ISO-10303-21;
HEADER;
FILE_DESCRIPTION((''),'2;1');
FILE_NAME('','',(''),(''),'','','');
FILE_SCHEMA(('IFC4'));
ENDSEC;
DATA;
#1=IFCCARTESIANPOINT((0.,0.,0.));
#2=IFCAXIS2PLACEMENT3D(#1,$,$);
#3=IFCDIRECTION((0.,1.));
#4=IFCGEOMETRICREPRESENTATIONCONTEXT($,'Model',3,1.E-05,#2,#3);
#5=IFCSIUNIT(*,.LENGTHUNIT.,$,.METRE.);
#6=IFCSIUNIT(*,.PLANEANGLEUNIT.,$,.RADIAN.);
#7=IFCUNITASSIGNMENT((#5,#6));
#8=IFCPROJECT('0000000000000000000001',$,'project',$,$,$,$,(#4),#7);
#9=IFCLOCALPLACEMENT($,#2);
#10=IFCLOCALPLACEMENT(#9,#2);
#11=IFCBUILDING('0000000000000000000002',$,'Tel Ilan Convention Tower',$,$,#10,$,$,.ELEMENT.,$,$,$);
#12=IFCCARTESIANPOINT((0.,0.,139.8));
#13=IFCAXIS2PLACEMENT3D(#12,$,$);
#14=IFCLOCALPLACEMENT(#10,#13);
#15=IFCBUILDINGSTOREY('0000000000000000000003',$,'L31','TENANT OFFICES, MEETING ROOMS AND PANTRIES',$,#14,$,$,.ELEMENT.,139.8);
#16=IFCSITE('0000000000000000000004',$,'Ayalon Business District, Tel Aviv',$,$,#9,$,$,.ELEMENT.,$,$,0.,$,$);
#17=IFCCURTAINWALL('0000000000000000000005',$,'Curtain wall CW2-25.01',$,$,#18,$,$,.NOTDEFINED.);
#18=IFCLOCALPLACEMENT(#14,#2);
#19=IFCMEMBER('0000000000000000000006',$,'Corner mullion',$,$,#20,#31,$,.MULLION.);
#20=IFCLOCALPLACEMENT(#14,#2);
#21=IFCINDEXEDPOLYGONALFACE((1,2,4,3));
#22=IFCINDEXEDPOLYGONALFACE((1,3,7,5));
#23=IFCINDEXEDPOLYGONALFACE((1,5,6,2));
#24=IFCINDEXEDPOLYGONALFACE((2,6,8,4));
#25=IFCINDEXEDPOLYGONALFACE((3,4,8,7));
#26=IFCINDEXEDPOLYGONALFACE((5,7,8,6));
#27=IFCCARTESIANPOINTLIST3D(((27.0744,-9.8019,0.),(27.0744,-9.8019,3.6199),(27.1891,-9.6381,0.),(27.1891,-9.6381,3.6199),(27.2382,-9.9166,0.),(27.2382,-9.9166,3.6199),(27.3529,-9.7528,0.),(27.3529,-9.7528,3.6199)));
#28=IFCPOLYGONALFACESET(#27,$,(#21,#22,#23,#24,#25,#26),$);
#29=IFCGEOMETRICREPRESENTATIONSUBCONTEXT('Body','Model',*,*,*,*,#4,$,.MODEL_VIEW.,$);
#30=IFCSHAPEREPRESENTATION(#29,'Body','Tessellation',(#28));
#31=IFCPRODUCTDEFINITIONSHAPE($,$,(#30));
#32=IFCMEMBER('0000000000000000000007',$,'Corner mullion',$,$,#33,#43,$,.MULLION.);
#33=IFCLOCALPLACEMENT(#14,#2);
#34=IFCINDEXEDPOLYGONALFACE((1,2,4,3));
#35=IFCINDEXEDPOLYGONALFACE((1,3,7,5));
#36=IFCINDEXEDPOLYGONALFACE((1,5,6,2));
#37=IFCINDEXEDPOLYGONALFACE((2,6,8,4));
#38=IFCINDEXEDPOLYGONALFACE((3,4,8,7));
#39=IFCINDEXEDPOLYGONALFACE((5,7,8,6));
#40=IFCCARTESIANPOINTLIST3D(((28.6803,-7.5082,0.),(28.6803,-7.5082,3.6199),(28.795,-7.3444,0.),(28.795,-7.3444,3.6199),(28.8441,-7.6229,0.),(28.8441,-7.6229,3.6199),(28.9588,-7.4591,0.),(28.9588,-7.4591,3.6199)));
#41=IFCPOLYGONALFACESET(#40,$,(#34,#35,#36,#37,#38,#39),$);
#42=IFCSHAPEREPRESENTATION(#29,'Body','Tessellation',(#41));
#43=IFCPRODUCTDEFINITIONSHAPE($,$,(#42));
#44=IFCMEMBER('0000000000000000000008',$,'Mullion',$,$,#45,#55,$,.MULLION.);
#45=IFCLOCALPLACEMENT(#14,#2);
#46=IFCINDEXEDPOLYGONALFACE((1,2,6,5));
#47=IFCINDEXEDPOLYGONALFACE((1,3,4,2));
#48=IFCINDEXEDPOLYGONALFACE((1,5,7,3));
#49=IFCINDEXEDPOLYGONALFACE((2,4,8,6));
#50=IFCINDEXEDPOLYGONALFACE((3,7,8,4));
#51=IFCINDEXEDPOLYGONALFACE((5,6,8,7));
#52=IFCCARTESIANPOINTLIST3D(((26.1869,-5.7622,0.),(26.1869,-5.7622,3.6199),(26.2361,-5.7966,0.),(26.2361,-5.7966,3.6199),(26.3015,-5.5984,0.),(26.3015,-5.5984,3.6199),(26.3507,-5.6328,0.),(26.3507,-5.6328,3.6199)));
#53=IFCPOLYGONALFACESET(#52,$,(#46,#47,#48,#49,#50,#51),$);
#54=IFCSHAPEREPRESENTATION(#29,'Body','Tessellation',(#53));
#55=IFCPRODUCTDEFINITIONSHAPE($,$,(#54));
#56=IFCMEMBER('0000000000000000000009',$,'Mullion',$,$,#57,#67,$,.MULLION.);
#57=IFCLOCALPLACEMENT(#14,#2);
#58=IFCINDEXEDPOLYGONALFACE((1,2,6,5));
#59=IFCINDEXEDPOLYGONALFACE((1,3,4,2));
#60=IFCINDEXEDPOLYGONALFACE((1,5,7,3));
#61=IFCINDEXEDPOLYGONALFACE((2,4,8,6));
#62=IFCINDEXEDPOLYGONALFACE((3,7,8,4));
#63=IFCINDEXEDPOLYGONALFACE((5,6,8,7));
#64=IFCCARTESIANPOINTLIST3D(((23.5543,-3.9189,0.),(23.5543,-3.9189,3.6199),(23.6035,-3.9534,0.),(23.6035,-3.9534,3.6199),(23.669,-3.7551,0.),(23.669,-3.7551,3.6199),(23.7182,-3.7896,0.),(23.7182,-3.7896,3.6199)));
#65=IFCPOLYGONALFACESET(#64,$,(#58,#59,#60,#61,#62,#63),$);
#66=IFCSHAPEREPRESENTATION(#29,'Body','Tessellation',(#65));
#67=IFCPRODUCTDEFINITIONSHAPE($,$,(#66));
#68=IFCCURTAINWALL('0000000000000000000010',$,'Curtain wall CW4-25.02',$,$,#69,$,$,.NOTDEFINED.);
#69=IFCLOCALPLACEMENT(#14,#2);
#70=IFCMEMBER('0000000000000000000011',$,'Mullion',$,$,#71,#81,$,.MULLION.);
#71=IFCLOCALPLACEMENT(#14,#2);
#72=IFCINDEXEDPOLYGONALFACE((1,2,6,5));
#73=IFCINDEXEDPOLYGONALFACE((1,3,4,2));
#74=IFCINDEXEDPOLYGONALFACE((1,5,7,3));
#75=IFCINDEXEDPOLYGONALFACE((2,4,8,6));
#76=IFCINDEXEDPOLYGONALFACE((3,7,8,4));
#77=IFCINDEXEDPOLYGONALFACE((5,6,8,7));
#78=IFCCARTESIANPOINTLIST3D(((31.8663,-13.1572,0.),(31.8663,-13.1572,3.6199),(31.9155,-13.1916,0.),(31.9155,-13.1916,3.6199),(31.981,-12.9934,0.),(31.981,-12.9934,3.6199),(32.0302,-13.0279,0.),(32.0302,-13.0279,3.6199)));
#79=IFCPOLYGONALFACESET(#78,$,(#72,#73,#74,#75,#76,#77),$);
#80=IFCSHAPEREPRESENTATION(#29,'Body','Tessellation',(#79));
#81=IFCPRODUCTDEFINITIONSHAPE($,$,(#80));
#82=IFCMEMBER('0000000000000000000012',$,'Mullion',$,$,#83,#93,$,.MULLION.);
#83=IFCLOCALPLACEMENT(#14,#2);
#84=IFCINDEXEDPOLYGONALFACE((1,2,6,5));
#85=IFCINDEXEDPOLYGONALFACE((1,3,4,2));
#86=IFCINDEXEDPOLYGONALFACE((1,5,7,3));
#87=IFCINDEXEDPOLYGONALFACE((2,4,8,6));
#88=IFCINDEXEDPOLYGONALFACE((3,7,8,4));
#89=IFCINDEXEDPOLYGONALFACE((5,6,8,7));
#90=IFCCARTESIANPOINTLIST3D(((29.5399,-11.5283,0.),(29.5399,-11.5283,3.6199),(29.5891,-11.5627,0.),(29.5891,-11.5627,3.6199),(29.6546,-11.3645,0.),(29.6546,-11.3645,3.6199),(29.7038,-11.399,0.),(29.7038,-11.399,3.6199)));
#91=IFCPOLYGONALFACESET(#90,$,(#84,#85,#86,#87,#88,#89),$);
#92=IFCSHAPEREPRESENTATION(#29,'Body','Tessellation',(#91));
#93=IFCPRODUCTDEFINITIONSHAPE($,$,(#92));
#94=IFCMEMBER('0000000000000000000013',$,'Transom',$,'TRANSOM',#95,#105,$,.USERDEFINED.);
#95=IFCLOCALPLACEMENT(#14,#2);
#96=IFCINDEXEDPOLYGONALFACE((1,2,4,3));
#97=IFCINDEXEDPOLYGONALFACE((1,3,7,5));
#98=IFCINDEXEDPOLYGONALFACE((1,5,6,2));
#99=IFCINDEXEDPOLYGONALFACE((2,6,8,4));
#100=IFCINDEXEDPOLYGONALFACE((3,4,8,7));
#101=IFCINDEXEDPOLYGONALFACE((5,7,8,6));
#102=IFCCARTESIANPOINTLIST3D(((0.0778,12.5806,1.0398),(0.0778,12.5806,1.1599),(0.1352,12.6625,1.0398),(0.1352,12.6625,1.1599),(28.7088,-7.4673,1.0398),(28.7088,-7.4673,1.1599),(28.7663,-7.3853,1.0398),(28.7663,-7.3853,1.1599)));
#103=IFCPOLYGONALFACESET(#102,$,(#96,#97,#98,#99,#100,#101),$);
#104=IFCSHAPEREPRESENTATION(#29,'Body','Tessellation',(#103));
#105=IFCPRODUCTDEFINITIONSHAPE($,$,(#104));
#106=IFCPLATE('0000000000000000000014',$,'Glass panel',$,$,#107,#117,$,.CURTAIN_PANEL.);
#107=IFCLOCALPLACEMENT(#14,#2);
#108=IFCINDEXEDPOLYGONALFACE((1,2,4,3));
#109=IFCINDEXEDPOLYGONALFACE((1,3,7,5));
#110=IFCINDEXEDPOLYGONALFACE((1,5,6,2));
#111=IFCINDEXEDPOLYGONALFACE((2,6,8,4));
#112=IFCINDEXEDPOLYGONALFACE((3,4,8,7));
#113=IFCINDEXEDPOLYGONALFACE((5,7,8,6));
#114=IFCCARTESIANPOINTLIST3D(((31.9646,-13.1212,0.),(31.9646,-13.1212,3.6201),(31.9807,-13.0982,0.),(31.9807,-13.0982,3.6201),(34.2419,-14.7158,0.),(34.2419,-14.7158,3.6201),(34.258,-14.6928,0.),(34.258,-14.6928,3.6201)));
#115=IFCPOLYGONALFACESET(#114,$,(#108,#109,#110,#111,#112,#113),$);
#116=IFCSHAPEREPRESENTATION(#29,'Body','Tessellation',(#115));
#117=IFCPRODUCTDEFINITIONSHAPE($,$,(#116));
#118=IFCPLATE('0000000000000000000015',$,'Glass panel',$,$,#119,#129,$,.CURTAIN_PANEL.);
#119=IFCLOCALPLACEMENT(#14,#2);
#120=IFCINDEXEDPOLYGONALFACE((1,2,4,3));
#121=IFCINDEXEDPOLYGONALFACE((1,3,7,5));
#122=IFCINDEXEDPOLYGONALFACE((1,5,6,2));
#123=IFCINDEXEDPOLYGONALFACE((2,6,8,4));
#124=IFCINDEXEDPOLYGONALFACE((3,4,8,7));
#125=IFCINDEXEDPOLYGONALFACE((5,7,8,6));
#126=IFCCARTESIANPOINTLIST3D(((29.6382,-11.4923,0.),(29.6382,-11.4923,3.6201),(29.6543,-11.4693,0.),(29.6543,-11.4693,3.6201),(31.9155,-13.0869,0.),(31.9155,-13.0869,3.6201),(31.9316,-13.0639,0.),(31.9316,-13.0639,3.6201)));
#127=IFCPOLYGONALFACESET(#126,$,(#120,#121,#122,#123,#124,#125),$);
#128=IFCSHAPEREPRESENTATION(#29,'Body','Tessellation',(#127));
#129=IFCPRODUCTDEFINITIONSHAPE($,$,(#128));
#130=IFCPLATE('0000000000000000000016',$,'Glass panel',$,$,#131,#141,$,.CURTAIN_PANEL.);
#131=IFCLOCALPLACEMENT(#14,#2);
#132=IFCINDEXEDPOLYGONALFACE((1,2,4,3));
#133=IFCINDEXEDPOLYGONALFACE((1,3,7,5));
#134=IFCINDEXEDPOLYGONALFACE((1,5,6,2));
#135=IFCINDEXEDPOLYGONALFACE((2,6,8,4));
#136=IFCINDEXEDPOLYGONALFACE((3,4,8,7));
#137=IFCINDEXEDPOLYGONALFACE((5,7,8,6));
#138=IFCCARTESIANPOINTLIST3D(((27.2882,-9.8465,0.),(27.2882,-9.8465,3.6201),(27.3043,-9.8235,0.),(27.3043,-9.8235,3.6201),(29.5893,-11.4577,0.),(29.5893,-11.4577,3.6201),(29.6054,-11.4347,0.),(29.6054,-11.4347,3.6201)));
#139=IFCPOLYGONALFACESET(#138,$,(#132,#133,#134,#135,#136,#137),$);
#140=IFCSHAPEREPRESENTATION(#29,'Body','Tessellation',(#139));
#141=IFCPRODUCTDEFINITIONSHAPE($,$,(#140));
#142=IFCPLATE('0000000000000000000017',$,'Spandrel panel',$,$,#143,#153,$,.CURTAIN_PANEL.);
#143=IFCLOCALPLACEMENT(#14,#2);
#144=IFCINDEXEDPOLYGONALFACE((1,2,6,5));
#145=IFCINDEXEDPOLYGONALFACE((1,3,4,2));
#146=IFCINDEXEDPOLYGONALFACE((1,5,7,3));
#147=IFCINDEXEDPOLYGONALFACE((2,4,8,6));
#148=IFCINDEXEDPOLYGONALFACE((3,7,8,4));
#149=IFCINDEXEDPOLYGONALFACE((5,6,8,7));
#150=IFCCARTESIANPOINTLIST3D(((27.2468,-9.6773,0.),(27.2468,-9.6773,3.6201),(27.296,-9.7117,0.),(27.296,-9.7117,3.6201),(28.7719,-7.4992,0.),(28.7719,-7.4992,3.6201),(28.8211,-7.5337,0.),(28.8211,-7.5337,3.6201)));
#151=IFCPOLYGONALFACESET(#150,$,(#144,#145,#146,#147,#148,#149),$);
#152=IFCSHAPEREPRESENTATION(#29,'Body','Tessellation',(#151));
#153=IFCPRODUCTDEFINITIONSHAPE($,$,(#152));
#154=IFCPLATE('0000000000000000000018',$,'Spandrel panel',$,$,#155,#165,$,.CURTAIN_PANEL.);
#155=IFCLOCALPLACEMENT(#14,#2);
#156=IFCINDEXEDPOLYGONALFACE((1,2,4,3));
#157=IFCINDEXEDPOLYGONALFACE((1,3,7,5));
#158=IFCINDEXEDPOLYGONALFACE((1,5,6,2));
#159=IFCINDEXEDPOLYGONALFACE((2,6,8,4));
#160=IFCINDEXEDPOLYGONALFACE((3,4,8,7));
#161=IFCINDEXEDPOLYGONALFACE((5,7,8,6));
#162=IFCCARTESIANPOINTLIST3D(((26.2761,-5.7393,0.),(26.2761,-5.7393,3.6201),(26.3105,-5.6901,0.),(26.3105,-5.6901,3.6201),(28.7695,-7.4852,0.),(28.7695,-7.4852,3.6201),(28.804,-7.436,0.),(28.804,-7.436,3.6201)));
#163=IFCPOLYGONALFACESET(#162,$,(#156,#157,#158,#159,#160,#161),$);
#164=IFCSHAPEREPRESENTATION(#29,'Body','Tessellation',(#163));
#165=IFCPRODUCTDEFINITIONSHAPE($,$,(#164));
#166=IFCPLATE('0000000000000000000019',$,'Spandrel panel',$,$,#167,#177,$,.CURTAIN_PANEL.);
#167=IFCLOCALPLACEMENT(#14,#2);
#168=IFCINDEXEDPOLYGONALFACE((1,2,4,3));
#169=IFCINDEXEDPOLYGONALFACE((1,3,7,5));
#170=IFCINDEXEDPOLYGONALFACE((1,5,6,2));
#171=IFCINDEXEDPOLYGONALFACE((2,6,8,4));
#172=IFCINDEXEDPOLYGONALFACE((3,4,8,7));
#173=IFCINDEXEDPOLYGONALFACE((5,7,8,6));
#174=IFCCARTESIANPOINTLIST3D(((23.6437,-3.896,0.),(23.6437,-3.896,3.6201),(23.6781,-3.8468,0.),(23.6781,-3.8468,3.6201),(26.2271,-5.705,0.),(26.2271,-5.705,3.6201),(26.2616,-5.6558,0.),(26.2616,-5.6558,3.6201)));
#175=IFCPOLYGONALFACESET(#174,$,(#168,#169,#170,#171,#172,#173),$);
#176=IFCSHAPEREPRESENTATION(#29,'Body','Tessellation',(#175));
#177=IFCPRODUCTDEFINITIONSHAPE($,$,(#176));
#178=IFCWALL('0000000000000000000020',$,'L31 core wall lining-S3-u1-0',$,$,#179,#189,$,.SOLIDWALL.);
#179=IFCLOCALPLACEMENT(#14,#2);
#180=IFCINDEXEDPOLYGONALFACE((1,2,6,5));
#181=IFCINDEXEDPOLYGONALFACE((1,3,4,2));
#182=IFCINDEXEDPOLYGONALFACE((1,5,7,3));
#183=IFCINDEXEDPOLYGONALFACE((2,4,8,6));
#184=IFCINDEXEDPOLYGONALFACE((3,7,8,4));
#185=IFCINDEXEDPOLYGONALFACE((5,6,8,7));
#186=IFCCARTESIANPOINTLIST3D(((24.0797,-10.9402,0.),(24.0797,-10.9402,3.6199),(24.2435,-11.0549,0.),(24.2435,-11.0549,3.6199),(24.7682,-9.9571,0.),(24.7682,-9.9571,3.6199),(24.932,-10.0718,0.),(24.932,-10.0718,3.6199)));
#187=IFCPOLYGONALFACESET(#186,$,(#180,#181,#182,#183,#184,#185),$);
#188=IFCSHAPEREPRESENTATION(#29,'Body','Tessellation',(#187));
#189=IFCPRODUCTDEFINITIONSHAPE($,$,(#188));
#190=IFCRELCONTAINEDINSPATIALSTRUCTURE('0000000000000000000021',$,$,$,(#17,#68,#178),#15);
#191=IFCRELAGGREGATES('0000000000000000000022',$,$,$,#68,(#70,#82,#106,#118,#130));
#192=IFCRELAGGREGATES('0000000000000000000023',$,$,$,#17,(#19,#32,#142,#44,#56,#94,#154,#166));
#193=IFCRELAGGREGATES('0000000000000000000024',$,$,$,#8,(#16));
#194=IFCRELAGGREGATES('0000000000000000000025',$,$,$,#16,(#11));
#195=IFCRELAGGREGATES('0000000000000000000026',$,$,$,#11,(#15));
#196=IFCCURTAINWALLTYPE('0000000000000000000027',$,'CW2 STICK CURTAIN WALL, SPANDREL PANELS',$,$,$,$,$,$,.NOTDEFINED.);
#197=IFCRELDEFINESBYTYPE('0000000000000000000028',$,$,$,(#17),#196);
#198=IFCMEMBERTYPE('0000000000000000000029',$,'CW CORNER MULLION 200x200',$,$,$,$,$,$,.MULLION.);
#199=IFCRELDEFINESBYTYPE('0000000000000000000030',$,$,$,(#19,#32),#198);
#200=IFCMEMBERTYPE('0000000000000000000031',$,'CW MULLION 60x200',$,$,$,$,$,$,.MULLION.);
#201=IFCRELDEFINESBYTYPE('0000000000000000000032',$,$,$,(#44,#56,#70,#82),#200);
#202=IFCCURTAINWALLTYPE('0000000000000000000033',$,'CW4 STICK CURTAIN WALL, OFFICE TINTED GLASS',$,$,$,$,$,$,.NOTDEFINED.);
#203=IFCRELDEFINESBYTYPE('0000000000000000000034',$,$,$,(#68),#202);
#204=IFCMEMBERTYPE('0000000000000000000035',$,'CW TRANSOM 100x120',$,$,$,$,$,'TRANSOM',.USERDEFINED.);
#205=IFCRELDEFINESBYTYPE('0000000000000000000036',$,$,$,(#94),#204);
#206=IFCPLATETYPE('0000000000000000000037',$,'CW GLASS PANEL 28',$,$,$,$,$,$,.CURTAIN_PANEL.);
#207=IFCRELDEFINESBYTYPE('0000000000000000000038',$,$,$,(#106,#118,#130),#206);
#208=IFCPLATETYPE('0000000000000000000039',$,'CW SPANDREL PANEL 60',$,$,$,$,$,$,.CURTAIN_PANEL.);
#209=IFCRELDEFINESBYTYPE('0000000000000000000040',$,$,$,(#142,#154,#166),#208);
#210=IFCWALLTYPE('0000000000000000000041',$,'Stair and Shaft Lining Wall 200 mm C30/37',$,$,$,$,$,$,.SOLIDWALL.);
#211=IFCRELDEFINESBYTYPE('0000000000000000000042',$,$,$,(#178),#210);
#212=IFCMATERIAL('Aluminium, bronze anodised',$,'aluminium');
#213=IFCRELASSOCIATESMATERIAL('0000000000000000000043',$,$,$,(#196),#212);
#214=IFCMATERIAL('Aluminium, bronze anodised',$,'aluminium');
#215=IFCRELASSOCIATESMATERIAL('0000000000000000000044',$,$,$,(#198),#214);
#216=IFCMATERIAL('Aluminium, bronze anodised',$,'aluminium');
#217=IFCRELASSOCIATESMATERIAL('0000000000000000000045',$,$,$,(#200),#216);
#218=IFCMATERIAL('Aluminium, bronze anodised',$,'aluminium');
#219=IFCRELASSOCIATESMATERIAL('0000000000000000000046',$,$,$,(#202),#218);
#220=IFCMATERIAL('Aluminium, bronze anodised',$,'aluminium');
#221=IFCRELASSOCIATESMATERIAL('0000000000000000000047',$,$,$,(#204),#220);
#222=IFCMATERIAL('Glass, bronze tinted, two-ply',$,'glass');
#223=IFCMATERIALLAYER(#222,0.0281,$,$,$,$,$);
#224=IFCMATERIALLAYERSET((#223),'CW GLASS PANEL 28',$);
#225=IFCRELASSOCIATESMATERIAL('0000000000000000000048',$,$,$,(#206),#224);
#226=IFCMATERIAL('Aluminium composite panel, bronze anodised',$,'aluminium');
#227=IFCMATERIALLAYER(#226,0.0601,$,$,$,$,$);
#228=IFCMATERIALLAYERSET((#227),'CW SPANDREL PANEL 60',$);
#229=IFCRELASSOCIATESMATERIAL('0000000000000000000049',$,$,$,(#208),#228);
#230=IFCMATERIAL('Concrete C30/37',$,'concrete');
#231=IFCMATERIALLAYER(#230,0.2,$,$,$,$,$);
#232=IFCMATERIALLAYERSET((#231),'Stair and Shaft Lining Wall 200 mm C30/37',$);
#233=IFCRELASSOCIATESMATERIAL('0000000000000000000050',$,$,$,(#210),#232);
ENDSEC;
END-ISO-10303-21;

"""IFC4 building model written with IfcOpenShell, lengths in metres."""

from ifc_helpers import new_model, si_unit, direction, frame, frame_2d, origin, origin_2d, place, context, subcontext, project, spatial, rectangle, extrude, material, layer, layer_set, material_profile, profile_set, type_object, element, aggregate, save


model = new_model("IFC4")

# Units and contexts
model_context = context("Model", 3, precision=1e-05, world=origin(), true_north=direction((0.0, 1.0)))
body_context = subcontext(model_context, "Body", "Model", "MODEL_VIEW")
ifc_project = project(units=[si_unit("LENGTHUNIT", "METRE"), si_unit("PLANEANGLEUNIT", "RADIAN")], contexts=[model_context])

# Site, building, storey
site_placement = place(None, origin())
site = spatial("IfcSite", under=ifc_project, at=site_placement, Name="Ayalon Business District, Tel Aviv", CompositionType="ELEMENT", RefElevation=0.0)
building_placement = place(site_placement, origin())
building = spatial("IfcBuilding", under=site, at=building_placement, Name="Tel Ilan Convention Tower", CompositionType="ELEMENT")
storey_placement = place(building_placement, frame((0.0, 0.0, 139.8)))
storey = spatial("IfcBuildingStorey", under=building, at=storey_placement, Name="L31", Description="TENANT OFFICES, MEETING ROOMS AND PANTRIES", CompositionType="ELEMENT", Elevation=139.8)

# Curtain walls, members
ifc_material_1 = material(Name="Aluminium, bronze anodised", Category="aluminium")
curtain_wall_type_1 = type_object("IfcCurtainWallType", Name="CW2 STICK CURTAIN WALL, SPANDREL PANELS", PredefinedType="NOTDEFINED", material=ifc_material_1)
curtain_wall_1_placement = place(storey_placement, origin())
curtain_wall_1 = element("IfcCurtainWall", 1, at=curtain_wall_1_placement, inside=storey, type_object=curtain_wall_type_1, Name="Curtain wall CW2-25.01", PredefinedType="NOTDEFINED")
ifc_material_2 = material(Name="Aluminium, bronze anodised", Category="aluminium")
ifc_material_profile_1 = material_profile(ifc_material_2, rectangle(XDim=0.2, YDim=0.2, at=origin_2d()), Name="CW CORNER MULLION 200x200")
ifc_profile_set_1 = profile_set([ifc_material_profile_1], Name="Aluminium, bronze anodised")
member_type_1 = type_object("IfcMemberType", Name="CW CORNER MULLION 200x200", PredefinedType="MULLION", material=ifc_profile_set_1)
member_1_placement = place(storey_placement, frame((27.2136, -9.7773, 0.0), z_axis=(0.0, 0.0, 1.0), x_axis=(-0.819152, 0.573576, 0.0)))
member_1 = element("IfcMember", 2, at=member_1_placement, type_object=member_type_1, Name="Corner mullion", PredefinedType="MULLION", context=body_context, shape_type="SweptSolid", body=[
    extrude(rectangle(XDim=0.2, YDim=0.2, at=origin_2d()), origin(), (0.0, 0.0, 1.0), 3.6199),
])
member_2_placement = place(storey_placement, frame((28.8196, -7.4836, 0.0), z_axis=(0.0, 0.0, 1.0), x_axis=(0.573576, 0.819152, 0.0)))
member_2 = element("IfcMember", 3, at=member_2_placement, type_object=member_type_1, Name="Corner mullion", PredefinedType="MULLION", context=body_context, shape_type="SweptSolid", body=[
    extrude(rectangle(XDim=0.2, YDim=0.2, at=origin_2d()), origin(), (0.0, 0.0, 1.0), 3.6199),
])
ifc_material_3 = material(Name="Aluminium, bronze anodised", Category="aluminium")
ifc_material_profile_2 = material_profile(ifc_material_3, rectangle(XDim=0.0601, YDim=0.2, at=origin_2d()), Name="CW MULLION 60x200")
ifc_profile_set_2 = profile_set([ifc_material_profile_2], Name="Aluminium, bronze anodised")
member_type_2 = type_object("IfcMemberType", Name="CW MULLION 60x200", PredefinedType="MULLION", material=ifc_profile_set_2)
member_3_placement = place(storey_placement, frame((26.2688, -5.6975, 0.0), z_axis=(0.0, 0.0, 1.0), x_axis=(-0.819152, 0.573576, 0.0)))
member_3 = element("IfcMember", 4, at=member_3_placement, type_object=member_type_2, Name="Mullion", PredefinedType="MULLION", context=body_context, shape_type="SweptSolid", body=[
    extrude(rectangle(XDim=0.0601, YDim=0.2, at=origin_2d()), origin(), (0.0, 0.0, 1.0), 3.6199),
])
member_4_placement = place(storey_placement, frame((23.6362, -3.8542, 0.0), z_axis=(0.0, 0.0, 1.0), x_axis=(-0.819152, 0.573576, 0.0)))
member_4 = element("IfcMember", 5, at=member_4_placement, type_object=member_type_2, Name="Mullion", PredefinedType="MULLION", context=body_context, shape_type="SweptSolid", body=[
    extrude(rectangle(XDim=0.0601, YDim=0.2, at=origin_2d()), origin(), (0.0, 0.0, 1.0), 3.6199),
])
ifc_material_4 = material(Name="Aluminium, bronze anodised", Category="aluminium")
curtain_wall_type_2 = type_object("IfcCurtainWallType", Name="CW4 STICK CURTAIN WALL, OFFICE TINTED GLASS", PredefinedType="NOTDEFINED", material=ifc_material_4)
curtain_wall_2_placement = place(storey_placement, origin())
curtain_wall_2 = element("IfcCurtainWall", 6, at=curtain_wall_2_placement, inside=storey, type_object=curtain_wall_type_2, Name="Curtain wall CW4-25.02", PredefinedType="NOTDEFINED")
member_5_placement = place(storey_placement, frame((31.9482, -13.0925, 0.0), z_axis=(0.0, 0.0, 1.0), x_axis=(-0.819152, 0.573576, 0.0)))
member_5 = element("IfcMember", 7, at=member_5_placement, type_object=member_type_2, Name="Mullion", PredefinedType="MULLION", context=body_context, shape_type="SweptSolid", body=[
    extrude(rectangle(XDim=0.0601, YDim=0.2, at=origin_2d()), origin(), (0.0, 0.0, 1.0), 3.6199),
])
member_6_placement = place(storey_placement, frame((29.6218, -11.4636, 0.0), z_axis=(0.0, 0.0, 1.0), x_axis=(-0.819152, 0.573576, 0.0)))
member_6 = element("IfcMember", 8, at=member_6_placement, type_object=member_type_2, Name="Mullion", PredefinedType="MULLION", context=body_context, shape_type="SweptSolid", body=[
    extrude(rectangle(XDim=0.0601, YDim=0.2, at=origin_2d()), origin(), (0.0, 0.0, 1.0), 3.6199),
])

# Member
ifc_material_5 = material(Name="Aluminium, bronze anodised", Category="aluminium")
ifc_material_profile_3 = material_profile(ifc_material_5, rectangle(XDim=0.1001, YDim=0.1201, at=origin_2d()), Name="CW TRANSOM 100x120")
ifc_profile_set_3 = profile_set([ifc_material_profile_3], Name="Aluminium, bronze anodised")
member_type_3 = type_object("IfcMemberType", Name="CW TRANSOM 100x120", ElementType="TRANSOM", PredefinedType="USERDEFINED", material=ifc_profile_set_3)
member_7_placement = place(storey_placement, frame((28.7375, -7.4263, 1.0999), z_axis=(-0.81915, 0.573579, 0.0), x_axis=(-0.573579, -0.81915, 0.0)))
member_7 = element("IfcMember", 9, at=member_7_placement, type_object=member_type_3, Name="Transom", ObjectType="TRANSOM", PredefinedType="USERDEFINED", context=body_context, shape_type="SweptSolid", body=[
    extrude(rectangle(XDim=0.1001, YDim=0.1201, at=origin_2d()), origin(), (0.0, 0.0, 1.0), 34.9521),
])

# Plates
ifc_material_6 = material(Name="Glass, bronze tinted, two-ply", Category="glass")
ifc_layer_1 = layer(ifc_material_6, 0.0281)
ifc_layer_set_1 = layer_set([ifc_layer_1], Name="CW GLASS PANEL 28")
plate_type_1 = type_object("IfcPlateType", Name="CW GLASS PANEL 28", PredefinedType="CURTAIN_PANEL", material=ifc_layer_set_1)
plate_1_placement = place(storey_placement, frame((33.1113, -13.907, 0.0), z_axis=(0.0, 0.0, 1.0), x_axis=(-0.819152, 0.573576, 0.0)))
plate_1 = element("IfcPlate", 10, at=plate_1_placement, type_object=plate_type_1, Name="Glass panel", PredefinedType="CURTAIN_PANEL", context=body_context, shape_type="SweptSolid", body=[
    extrude(rectangle(XDim=2.78, YDim=0.0281, at=origin_2d()), origin(), (0.0, 0.0, 1.0), 3.6201),
])
plate_2_placement = place(storey_placement, frame((30.7849, -12.2781, 0.0), z_axis=(0.0, 0.0, 1.0), x_axis=(-0.819152, 0.573576, 0.0)))
plate_2 = element("IfcPlate", 11, at=plate_2_placement, type_object=plate_type_1, Name="Glass panel", PredefinedType="CURTAIN_PANEL", context=body_context, shape_type="SweptSolid", body=[
    extrude(rectangle(XDim=2.78, YDim=0.0281, at=origin_2d()), origin(), (0.0, 0.0, 1.0), 3.6201),
])
plate_3_placement = place(storey_placement, frame((28.4468, -10.6406, 0.0), z_axis=(0.0, 0.0, 1.0), x_axis=(-0.819152, 0.573576, 0.0)))
plate_3 = element("IfcPlate", 12, at=plate_3_placement, type_object=plate_type_1, Name="Glass panel", PredefinedType="CURTAIN_PANEL", context=body_context, shape_type="SweptSolid", body=[
    extrude(rectangle(XDim=2.8091, YDim=0.0281, at=origin_2d()), origin(), (0.0, 0.0, 1.0), 3.6201),
])
aggregate(curtain_wall_2, [member_5, member_6, plate_1, plate_2, plate_3])
ifc_material_7 = material(Name="Aluminium composite panel, bronze anodised", Category="aluminium")
ifc_layer_2 = layer(ifc_material_7, 0.0601)
ifc_layer_set_2 = layer_set([ifc_layer_2], Name="CW SPANDREL PANEL 60")
plate_type_2 = type_object("IfcPlateType", Name="CW SPANDREL PANEL 60", PredefinedType="CURTAIN_PANEL", material=ifc_layer_set_2)
plate_4_placement = place(storey_placement, frame((28.0339, -8.6055, 0.0), z_axis=(0.0, 0.0, 1.0), x_axis=(0.573576, 0.819152, 0.0)))
plate_4 = element("IfcPlate", 13, at=plate_4_placement, type_object=plate_type_2, Name="Spandrel panel", PredefinedType="CURTAIN_PANEL", context=body_context, shape_type="SweptSolid", body=[
    extrude(rectangle(XDim=2.6589, YDim=0.0601, at=origin_2d()), origin(), (0.0, 0.0, 1.0), 3.6201),
])
plate_5_placement = place(storey_placement, frame((27.54, -6.5876, 0.0), z_axis=(0.0, 0.0, 1.0), x_axis=(-0.819152, 0.573576, 0.0)))
plate_5 = element("IfcPlate", 14, at=plate_5_placement, type_object=plate_type_2, Name="Spandrel panel", PredefinedType="CURTAIN_PANEL", context=body_context, shape_type="SweptSolid", body=[
    extrude(rectangle(XDim=3.0439, YDim=0.0601, at=origin_2d()), origin(), (0.0, 0.0, 1.0), 3.6201),
])
plate_6_placement = place(storey_placement, frame((24.9526, -4.7759, 0.0), z_axis=(0.0, 0.0, 1.0), x_axis=(-0.819152, 0.573576, 0.0)))
plate_6 = element("IfcPlate", 15, at=plate_6_placement, type_object=plate_type_2, Name="Spandrel panel", PredefinedType="CURTAIN_PANEL", context=body_context, shape_type="SweptSolid", body=[
    extrude(rectangle(XDim=3.1538, YDim=0.0601, at=origin_2d()), origin(), (0.0, 0.0, 1.0), 3.6201),
])
aggregate(curtain_wall_1, [member_1, member_2, plate_4, member_3, member_4, member_7, plate_5, plate_6])

# Wall
ifc_material_8 = material(Name="Concrete C30/37", Category="concrete")
ifc_layer_3 = layer(ifc_material_8, 0.2)
ifc_layer_set_3 = layer_set([ifc_layer_3], Name="Stair and Shaft Lining Wall 200 mm C30/37")
wall_type = type_object("IfcWallType", Name="Stair and Shaft Lining Wall 200 mm C30/37", PredefinedType="SOLIDWALL", material=ifc_layer_set_3)
wall_1_placement = place(storey_placement, frame((24.1616, -10.9976, 0.0), z_axis=(0.0, 0.0, 1.0), x_axis=(0.573613, 0.819127, 0.0)))
element("IfcWall", 16, at=wall_1_placement, inside=storey, type_object=wall_type, Name="L31 core wall lining-S3-u1-0", PredefinedType="SOLIDWALL", context=body_context, shape_type="SweptSolid", body=[
    extrude(rectangle(XDim=1.2002, YDim=0.2, at=frame_2d((0.6001, 0.0))), origin(), (0.0, 0.0, 1.0), 3.6199),
])

save(model, "model.ifc")
